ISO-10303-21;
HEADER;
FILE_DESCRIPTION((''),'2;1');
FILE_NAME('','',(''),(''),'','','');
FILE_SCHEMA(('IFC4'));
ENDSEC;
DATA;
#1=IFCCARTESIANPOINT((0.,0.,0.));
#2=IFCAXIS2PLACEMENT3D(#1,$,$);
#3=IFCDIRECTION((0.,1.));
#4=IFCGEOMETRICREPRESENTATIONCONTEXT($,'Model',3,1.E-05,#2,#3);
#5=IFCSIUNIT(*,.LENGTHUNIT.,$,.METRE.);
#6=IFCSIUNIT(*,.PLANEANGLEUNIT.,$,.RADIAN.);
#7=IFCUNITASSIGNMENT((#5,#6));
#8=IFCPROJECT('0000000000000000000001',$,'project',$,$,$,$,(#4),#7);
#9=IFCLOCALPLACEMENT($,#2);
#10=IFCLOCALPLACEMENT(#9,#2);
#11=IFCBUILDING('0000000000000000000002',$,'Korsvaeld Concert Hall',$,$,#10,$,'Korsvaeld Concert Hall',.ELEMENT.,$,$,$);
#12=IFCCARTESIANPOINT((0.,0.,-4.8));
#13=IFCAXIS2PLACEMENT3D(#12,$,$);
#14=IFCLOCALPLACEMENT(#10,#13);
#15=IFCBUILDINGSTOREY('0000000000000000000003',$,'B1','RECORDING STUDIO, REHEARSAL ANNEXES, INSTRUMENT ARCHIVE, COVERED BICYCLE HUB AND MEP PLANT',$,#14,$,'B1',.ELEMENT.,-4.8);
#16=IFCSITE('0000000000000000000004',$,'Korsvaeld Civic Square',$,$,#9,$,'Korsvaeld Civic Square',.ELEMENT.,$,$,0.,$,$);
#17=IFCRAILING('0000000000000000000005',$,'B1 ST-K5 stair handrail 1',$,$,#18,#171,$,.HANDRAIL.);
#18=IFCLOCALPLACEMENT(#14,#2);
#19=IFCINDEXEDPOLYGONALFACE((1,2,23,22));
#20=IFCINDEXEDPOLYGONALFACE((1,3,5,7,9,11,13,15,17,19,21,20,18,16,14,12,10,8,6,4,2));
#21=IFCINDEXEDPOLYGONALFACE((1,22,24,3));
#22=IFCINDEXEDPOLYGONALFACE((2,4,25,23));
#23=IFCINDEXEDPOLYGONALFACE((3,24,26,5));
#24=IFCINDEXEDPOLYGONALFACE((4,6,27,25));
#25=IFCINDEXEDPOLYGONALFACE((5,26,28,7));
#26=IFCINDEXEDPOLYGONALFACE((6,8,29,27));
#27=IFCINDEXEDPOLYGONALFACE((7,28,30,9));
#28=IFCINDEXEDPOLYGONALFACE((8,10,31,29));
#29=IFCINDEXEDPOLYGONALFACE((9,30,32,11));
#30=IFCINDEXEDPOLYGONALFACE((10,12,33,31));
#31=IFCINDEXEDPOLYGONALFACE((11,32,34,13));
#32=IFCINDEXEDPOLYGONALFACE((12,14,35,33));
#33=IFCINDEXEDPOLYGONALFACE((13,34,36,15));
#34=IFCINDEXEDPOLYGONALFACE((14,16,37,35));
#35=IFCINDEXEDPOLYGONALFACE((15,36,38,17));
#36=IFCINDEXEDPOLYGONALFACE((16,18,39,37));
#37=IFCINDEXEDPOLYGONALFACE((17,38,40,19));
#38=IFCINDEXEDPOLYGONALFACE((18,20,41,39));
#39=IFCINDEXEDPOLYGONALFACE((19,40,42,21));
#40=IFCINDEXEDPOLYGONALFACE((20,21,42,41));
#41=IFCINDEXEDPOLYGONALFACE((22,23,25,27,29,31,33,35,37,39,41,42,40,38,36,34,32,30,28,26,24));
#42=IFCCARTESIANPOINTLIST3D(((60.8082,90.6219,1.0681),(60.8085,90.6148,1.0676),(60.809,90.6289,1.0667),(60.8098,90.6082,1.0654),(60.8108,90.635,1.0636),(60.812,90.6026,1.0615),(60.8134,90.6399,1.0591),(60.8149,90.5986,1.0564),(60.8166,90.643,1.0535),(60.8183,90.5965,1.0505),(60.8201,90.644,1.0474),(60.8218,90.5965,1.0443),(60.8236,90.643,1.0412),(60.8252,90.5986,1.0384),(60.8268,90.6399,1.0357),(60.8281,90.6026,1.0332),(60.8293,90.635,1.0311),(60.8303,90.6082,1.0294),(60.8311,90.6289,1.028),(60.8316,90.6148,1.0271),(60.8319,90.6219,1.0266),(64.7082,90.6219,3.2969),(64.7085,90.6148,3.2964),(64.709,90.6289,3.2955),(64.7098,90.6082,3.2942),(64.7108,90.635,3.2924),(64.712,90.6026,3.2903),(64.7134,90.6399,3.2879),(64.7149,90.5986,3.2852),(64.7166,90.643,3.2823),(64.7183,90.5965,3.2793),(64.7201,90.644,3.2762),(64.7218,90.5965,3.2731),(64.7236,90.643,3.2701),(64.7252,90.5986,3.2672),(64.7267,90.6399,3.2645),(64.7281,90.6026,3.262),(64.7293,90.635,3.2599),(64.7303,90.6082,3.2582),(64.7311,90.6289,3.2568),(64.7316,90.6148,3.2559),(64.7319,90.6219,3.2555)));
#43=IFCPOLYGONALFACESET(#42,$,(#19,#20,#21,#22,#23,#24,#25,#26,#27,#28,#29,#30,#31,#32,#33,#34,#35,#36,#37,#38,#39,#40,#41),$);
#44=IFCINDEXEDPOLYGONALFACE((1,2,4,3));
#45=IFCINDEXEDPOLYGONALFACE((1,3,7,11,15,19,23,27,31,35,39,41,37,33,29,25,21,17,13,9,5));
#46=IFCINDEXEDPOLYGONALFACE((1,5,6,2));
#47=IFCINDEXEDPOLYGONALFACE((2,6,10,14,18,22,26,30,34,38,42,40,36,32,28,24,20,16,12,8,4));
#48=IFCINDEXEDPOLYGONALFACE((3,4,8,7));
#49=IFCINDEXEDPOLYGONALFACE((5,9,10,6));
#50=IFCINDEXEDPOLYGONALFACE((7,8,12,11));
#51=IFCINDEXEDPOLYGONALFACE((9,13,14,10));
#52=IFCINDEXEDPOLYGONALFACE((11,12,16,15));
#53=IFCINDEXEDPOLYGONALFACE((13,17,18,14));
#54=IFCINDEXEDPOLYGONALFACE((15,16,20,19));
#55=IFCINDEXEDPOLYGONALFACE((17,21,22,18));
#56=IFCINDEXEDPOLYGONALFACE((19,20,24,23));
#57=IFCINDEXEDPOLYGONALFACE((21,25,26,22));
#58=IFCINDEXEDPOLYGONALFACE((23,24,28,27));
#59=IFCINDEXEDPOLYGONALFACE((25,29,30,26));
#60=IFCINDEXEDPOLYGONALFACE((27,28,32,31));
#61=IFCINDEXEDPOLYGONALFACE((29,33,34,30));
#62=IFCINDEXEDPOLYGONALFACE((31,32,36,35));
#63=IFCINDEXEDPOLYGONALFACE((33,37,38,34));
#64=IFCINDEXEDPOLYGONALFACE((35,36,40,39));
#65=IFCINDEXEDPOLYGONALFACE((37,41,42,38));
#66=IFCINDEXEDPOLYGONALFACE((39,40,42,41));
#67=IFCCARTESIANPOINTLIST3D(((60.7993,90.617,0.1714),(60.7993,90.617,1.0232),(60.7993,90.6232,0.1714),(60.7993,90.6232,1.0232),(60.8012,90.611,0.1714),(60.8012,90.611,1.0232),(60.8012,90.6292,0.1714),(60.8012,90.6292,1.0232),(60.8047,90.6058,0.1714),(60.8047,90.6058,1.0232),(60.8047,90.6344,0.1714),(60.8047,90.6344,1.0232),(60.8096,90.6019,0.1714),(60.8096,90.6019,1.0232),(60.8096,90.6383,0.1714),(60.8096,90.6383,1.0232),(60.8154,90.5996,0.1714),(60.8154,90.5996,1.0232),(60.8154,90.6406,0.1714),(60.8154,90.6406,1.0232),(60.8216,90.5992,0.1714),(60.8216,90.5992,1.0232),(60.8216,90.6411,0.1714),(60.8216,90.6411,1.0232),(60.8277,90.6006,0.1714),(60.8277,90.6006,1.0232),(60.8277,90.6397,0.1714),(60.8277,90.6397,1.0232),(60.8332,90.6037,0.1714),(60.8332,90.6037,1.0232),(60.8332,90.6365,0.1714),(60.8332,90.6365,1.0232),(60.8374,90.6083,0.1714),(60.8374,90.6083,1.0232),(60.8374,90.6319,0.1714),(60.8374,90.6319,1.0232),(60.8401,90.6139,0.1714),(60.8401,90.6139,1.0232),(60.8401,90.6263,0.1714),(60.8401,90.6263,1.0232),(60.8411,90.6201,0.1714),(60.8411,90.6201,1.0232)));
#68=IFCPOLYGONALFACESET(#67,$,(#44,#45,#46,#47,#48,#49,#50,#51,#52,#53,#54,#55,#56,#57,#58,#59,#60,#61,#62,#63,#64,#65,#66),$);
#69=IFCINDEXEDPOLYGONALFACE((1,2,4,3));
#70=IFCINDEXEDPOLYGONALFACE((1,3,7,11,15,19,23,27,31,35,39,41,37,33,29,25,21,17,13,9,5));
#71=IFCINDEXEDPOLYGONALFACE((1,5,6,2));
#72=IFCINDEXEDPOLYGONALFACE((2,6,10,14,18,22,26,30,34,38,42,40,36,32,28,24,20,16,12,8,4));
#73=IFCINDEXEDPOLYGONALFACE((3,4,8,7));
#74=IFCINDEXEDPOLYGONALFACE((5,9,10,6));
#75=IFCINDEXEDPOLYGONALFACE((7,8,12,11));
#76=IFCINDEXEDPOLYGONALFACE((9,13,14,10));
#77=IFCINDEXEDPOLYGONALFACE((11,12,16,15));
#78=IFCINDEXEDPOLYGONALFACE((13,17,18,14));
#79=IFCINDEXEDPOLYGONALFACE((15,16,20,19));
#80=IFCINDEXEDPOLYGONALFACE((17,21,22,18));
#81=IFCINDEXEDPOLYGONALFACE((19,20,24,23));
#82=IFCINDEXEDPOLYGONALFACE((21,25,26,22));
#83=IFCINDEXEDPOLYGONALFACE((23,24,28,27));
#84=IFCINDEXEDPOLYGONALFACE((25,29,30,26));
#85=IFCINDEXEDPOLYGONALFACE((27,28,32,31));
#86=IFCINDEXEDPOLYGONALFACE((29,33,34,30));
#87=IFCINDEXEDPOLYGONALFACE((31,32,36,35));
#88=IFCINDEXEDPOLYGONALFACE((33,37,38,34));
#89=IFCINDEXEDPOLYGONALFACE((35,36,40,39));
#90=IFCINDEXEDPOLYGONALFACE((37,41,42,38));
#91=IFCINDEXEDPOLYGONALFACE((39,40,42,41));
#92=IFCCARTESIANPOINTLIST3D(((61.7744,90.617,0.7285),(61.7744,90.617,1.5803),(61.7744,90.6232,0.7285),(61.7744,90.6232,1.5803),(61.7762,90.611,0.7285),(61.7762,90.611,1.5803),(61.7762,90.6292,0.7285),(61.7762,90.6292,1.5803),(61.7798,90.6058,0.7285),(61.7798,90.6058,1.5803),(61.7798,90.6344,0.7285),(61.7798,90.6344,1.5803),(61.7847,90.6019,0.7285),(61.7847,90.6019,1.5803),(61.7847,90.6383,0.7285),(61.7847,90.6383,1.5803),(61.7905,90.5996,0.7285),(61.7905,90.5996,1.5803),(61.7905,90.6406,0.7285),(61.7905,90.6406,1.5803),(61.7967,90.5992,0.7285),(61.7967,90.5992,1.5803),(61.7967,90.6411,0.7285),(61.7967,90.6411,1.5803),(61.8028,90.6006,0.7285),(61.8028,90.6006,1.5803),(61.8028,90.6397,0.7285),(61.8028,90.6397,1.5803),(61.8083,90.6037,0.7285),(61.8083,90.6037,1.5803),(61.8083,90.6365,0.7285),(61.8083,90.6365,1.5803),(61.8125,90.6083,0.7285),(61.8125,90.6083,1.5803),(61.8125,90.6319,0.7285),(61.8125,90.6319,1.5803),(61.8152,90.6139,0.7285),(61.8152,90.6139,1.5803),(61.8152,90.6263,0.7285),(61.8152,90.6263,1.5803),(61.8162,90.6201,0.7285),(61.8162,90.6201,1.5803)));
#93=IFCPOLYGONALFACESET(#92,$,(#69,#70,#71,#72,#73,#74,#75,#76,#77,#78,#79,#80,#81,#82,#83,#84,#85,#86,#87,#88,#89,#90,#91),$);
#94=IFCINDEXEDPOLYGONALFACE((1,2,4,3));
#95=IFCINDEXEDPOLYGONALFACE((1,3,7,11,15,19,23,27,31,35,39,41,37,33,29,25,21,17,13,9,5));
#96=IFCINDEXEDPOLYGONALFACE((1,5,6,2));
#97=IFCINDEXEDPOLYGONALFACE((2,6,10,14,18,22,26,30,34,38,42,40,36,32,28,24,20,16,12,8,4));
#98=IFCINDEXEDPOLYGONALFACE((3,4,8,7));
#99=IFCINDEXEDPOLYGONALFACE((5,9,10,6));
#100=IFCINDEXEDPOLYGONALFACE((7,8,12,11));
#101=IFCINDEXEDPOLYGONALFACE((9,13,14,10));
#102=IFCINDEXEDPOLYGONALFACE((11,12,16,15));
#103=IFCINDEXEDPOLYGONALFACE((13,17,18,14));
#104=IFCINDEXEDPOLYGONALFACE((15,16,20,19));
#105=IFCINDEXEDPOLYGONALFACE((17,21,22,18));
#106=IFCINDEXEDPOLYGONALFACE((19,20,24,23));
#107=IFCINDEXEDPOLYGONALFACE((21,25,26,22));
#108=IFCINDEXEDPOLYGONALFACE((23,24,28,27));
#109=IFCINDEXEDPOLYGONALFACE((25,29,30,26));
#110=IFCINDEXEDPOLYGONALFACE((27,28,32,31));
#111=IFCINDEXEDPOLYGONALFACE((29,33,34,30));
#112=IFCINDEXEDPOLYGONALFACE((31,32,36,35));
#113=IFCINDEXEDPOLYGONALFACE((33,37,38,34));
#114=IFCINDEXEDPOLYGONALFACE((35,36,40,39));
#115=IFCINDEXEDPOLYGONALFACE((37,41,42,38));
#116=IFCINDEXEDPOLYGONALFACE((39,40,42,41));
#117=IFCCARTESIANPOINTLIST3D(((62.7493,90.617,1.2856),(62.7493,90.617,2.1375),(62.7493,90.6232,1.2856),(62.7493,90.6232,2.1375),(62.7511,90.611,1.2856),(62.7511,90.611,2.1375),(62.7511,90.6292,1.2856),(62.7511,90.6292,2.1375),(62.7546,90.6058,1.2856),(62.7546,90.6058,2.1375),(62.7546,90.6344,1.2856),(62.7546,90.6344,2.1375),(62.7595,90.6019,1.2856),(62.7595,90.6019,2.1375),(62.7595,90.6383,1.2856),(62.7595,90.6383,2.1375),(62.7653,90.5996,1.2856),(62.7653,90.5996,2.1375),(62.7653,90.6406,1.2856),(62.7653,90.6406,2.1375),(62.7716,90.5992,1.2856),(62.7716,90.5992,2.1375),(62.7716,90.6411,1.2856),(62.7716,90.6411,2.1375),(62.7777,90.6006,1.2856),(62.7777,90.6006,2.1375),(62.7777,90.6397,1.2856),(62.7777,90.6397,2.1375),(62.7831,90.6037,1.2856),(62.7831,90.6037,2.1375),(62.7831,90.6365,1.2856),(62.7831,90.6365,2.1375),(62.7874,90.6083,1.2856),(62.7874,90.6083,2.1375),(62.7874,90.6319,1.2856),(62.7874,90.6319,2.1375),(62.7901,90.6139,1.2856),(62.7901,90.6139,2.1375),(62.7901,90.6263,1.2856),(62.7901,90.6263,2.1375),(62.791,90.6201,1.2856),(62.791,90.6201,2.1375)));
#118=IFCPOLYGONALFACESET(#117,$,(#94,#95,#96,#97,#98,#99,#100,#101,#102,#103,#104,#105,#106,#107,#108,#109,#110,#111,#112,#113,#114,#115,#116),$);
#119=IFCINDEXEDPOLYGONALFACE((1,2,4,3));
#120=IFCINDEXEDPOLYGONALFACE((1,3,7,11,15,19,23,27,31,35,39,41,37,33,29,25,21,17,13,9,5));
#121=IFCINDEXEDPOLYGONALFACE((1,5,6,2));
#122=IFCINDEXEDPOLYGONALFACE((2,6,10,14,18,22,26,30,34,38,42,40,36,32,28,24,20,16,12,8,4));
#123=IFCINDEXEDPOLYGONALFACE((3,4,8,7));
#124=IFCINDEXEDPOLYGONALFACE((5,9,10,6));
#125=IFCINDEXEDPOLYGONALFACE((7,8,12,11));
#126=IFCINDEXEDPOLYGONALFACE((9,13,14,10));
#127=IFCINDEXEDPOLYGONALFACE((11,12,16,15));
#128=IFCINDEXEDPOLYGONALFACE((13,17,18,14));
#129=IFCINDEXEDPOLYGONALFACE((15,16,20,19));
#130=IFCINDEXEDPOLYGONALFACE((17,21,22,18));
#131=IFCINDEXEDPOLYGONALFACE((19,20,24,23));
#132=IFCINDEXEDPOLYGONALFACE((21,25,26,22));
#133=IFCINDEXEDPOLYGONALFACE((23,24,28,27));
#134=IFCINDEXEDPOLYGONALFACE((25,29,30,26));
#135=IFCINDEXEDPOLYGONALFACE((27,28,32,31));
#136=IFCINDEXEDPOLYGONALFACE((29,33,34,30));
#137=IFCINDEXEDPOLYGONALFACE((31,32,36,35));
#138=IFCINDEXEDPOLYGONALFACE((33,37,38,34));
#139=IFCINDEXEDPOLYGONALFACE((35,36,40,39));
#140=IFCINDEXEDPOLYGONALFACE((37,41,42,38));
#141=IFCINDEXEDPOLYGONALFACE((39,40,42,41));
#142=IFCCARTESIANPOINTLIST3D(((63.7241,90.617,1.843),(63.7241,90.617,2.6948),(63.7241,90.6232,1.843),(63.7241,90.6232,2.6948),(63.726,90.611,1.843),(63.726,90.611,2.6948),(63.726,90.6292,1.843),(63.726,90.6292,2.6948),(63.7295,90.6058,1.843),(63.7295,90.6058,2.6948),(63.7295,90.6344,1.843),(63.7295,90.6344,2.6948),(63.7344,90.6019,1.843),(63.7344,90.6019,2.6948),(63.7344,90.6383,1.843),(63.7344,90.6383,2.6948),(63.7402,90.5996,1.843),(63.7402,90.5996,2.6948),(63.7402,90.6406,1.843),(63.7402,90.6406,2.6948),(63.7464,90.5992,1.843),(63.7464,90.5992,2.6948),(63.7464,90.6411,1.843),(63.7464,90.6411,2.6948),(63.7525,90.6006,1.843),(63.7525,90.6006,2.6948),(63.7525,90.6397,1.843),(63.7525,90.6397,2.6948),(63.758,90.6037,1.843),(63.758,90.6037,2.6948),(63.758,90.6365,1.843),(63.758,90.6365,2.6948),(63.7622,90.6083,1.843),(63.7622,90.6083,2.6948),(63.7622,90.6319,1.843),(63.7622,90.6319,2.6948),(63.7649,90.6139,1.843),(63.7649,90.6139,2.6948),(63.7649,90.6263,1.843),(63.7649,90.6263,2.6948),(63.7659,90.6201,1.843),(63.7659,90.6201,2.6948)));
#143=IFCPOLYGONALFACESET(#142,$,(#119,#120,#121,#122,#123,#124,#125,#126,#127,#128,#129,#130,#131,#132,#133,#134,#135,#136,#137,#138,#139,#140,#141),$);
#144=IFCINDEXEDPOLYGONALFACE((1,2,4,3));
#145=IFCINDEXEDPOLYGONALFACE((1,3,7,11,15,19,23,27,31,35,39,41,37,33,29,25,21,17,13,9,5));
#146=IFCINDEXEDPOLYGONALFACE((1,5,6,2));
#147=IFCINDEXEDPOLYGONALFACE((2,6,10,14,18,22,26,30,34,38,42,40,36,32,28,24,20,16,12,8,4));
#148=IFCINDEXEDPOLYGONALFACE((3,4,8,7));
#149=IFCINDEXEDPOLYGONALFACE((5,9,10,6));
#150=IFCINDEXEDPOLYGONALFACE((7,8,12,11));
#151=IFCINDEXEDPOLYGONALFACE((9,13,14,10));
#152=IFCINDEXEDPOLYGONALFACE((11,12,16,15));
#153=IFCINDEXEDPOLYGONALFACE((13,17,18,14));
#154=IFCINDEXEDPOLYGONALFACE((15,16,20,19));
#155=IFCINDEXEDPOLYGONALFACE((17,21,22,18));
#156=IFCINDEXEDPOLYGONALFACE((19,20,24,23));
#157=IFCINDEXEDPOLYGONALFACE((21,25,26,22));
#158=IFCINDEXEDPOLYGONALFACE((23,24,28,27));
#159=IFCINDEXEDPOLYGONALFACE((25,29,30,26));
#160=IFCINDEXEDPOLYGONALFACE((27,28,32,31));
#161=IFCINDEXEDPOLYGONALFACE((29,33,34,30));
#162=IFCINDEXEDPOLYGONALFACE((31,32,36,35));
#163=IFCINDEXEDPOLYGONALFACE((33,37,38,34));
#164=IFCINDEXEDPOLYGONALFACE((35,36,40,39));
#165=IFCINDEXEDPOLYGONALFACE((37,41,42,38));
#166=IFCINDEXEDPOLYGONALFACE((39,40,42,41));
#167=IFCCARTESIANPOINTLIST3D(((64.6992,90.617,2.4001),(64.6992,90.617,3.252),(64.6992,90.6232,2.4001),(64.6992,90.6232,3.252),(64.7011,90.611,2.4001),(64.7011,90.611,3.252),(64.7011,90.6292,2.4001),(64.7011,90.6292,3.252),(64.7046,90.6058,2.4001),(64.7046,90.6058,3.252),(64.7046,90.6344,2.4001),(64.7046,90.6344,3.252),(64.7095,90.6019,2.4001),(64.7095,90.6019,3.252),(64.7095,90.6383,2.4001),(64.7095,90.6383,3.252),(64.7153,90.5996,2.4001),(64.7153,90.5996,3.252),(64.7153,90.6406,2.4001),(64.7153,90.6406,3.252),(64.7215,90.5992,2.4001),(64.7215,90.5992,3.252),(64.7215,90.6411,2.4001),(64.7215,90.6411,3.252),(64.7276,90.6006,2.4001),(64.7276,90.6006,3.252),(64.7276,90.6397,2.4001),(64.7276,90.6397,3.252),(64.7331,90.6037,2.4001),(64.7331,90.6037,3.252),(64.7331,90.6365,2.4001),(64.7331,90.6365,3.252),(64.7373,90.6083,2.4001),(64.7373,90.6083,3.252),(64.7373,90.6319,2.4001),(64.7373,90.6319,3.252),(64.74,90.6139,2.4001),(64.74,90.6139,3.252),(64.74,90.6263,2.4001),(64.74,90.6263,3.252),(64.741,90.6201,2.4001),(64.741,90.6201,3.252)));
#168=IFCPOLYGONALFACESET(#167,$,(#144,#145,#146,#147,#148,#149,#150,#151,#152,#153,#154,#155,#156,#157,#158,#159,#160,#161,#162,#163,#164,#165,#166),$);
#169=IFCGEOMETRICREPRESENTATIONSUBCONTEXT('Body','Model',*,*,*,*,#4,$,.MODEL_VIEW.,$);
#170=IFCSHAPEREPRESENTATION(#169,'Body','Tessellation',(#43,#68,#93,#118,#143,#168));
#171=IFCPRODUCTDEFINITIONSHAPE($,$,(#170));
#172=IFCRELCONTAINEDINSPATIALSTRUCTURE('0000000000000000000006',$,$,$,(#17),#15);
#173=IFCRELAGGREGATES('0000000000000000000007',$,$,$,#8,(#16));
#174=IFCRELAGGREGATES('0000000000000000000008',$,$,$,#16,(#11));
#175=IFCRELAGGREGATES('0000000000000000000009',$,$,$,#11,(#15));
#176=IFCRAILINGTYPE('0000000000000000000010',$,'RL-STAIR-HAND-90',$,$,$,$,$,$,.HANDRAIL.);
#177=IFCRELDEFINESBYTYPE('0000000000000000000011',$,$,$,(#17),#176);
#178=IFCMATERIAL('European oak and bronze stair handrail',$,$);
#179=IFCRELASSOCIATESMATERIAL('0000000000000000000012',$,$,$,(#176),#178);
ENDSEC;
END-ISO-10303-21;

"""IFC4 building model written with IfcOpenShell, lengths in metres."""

from ifc_helpers import new_model, si_unit, direction, frame, origin, origin_2d, place, context, subcontext, project, spatial, circle, extrude, material, type_object, element, save


model = new_model("IFC4")

# Units and contexts
model_context = context("Model", 3, precision=1e-05, world=origin(), true_north=direction((0.0, 1.0)))
body_context = subcontext(model_context, "Body", "Model", "MODEL_VIEW")
ifc_project = project(units=[si_unit("LENGTHUNIT", "METRE"), si_unit("PLANEANGLEUNIT", "RADIAN")], contexts=[model_context])

# Site, building, storey
site_placement = place(None, origin())
site = spatial("IfcSite", under=ifc_project, at=site_placement, Name="Korsvaeld Civic Square", LongName="Korsvaeld Civic Square", CompositionType="ELEMENT", RefElevation=0.0)
building_placement = place(site_placement, origin())
building = spatial("IfcBuilding", under=site, at=building_placement, Name="Korsvaeld Concert Hall", LongName="Korsvaeld Concert Hall", CompositionType="ELEMENT")
storey_placement = place(building_placement, frame((0.0, 0.0, -4.8)))
storey = spatial("IfcBuildingStorey", under=building, at=storey_placement, Name="B1", Description="RECORDING STUDIO, REHEARSAL ANNEXES, INSTRUMENT ARCHIVE, COVERED BICYCLE HUB AND MEP PLANT", LongName="B1", CompositionType="ELEMENT", Elevation=-4.8)

# Railing
ifc_material_1 = material(Name="European oak and bronze stair handrail")
railing_type = type_object("IfcRailingType", Name="RL-STAIR-HAND-90", PredefinedType="HANDRAIL", material=ifc_material_1)
railing_placement = place(storey_placement, frame((60.8201, 90.6201, 0.1714)))
element("IfcRailing", 1, at=railing_placement, inside=storey, type_object=railing_type, Name="B1 ST-K5 stair handrail 1", PredefinedType="HANDRAIL", context=body_context, shape_type="SweptSolid", body=[
    extrude(circle(Radius=0.0239, at=origin_2d()), frame((0.0, 0.0, 0.876), z_axis=(0.86822, 0.0, 0.49618), x_axis=(0.0, 1.0, 0.0)), (0.0, 0.0, 1.0), 4.4919),
    extrude(circle(Radius=0.021, at=origin_2d()), origin(), (0.0, 0.0, 1.0), 0.8518),
    extrude(circle(Radius=0.021, at=origin_2d()), frame((0.9751, 0.0, 0.5571)), (0.0, 0.0, 1.0), 0.8518),
    extrude(circle(Radius=0.021, at=origin_2d()), frame((1.95, 0.0, 1.1143)), (0.0, 0.0, 1.0), 0.8518),
    extrude(circle(Radius=0.021, at=origin_2d()), frame((2.9248, 0.0, 1.6716)), (0.0, 0.0, 1.0), 0.8518),
    extrude(circle(Radius=0.021, at=origin_2d()), frame((3.8999, 0.0, 2.2288)), (0.0, 0.0, 1.0), 0.8518),
])

save(model, "model.ifc")
